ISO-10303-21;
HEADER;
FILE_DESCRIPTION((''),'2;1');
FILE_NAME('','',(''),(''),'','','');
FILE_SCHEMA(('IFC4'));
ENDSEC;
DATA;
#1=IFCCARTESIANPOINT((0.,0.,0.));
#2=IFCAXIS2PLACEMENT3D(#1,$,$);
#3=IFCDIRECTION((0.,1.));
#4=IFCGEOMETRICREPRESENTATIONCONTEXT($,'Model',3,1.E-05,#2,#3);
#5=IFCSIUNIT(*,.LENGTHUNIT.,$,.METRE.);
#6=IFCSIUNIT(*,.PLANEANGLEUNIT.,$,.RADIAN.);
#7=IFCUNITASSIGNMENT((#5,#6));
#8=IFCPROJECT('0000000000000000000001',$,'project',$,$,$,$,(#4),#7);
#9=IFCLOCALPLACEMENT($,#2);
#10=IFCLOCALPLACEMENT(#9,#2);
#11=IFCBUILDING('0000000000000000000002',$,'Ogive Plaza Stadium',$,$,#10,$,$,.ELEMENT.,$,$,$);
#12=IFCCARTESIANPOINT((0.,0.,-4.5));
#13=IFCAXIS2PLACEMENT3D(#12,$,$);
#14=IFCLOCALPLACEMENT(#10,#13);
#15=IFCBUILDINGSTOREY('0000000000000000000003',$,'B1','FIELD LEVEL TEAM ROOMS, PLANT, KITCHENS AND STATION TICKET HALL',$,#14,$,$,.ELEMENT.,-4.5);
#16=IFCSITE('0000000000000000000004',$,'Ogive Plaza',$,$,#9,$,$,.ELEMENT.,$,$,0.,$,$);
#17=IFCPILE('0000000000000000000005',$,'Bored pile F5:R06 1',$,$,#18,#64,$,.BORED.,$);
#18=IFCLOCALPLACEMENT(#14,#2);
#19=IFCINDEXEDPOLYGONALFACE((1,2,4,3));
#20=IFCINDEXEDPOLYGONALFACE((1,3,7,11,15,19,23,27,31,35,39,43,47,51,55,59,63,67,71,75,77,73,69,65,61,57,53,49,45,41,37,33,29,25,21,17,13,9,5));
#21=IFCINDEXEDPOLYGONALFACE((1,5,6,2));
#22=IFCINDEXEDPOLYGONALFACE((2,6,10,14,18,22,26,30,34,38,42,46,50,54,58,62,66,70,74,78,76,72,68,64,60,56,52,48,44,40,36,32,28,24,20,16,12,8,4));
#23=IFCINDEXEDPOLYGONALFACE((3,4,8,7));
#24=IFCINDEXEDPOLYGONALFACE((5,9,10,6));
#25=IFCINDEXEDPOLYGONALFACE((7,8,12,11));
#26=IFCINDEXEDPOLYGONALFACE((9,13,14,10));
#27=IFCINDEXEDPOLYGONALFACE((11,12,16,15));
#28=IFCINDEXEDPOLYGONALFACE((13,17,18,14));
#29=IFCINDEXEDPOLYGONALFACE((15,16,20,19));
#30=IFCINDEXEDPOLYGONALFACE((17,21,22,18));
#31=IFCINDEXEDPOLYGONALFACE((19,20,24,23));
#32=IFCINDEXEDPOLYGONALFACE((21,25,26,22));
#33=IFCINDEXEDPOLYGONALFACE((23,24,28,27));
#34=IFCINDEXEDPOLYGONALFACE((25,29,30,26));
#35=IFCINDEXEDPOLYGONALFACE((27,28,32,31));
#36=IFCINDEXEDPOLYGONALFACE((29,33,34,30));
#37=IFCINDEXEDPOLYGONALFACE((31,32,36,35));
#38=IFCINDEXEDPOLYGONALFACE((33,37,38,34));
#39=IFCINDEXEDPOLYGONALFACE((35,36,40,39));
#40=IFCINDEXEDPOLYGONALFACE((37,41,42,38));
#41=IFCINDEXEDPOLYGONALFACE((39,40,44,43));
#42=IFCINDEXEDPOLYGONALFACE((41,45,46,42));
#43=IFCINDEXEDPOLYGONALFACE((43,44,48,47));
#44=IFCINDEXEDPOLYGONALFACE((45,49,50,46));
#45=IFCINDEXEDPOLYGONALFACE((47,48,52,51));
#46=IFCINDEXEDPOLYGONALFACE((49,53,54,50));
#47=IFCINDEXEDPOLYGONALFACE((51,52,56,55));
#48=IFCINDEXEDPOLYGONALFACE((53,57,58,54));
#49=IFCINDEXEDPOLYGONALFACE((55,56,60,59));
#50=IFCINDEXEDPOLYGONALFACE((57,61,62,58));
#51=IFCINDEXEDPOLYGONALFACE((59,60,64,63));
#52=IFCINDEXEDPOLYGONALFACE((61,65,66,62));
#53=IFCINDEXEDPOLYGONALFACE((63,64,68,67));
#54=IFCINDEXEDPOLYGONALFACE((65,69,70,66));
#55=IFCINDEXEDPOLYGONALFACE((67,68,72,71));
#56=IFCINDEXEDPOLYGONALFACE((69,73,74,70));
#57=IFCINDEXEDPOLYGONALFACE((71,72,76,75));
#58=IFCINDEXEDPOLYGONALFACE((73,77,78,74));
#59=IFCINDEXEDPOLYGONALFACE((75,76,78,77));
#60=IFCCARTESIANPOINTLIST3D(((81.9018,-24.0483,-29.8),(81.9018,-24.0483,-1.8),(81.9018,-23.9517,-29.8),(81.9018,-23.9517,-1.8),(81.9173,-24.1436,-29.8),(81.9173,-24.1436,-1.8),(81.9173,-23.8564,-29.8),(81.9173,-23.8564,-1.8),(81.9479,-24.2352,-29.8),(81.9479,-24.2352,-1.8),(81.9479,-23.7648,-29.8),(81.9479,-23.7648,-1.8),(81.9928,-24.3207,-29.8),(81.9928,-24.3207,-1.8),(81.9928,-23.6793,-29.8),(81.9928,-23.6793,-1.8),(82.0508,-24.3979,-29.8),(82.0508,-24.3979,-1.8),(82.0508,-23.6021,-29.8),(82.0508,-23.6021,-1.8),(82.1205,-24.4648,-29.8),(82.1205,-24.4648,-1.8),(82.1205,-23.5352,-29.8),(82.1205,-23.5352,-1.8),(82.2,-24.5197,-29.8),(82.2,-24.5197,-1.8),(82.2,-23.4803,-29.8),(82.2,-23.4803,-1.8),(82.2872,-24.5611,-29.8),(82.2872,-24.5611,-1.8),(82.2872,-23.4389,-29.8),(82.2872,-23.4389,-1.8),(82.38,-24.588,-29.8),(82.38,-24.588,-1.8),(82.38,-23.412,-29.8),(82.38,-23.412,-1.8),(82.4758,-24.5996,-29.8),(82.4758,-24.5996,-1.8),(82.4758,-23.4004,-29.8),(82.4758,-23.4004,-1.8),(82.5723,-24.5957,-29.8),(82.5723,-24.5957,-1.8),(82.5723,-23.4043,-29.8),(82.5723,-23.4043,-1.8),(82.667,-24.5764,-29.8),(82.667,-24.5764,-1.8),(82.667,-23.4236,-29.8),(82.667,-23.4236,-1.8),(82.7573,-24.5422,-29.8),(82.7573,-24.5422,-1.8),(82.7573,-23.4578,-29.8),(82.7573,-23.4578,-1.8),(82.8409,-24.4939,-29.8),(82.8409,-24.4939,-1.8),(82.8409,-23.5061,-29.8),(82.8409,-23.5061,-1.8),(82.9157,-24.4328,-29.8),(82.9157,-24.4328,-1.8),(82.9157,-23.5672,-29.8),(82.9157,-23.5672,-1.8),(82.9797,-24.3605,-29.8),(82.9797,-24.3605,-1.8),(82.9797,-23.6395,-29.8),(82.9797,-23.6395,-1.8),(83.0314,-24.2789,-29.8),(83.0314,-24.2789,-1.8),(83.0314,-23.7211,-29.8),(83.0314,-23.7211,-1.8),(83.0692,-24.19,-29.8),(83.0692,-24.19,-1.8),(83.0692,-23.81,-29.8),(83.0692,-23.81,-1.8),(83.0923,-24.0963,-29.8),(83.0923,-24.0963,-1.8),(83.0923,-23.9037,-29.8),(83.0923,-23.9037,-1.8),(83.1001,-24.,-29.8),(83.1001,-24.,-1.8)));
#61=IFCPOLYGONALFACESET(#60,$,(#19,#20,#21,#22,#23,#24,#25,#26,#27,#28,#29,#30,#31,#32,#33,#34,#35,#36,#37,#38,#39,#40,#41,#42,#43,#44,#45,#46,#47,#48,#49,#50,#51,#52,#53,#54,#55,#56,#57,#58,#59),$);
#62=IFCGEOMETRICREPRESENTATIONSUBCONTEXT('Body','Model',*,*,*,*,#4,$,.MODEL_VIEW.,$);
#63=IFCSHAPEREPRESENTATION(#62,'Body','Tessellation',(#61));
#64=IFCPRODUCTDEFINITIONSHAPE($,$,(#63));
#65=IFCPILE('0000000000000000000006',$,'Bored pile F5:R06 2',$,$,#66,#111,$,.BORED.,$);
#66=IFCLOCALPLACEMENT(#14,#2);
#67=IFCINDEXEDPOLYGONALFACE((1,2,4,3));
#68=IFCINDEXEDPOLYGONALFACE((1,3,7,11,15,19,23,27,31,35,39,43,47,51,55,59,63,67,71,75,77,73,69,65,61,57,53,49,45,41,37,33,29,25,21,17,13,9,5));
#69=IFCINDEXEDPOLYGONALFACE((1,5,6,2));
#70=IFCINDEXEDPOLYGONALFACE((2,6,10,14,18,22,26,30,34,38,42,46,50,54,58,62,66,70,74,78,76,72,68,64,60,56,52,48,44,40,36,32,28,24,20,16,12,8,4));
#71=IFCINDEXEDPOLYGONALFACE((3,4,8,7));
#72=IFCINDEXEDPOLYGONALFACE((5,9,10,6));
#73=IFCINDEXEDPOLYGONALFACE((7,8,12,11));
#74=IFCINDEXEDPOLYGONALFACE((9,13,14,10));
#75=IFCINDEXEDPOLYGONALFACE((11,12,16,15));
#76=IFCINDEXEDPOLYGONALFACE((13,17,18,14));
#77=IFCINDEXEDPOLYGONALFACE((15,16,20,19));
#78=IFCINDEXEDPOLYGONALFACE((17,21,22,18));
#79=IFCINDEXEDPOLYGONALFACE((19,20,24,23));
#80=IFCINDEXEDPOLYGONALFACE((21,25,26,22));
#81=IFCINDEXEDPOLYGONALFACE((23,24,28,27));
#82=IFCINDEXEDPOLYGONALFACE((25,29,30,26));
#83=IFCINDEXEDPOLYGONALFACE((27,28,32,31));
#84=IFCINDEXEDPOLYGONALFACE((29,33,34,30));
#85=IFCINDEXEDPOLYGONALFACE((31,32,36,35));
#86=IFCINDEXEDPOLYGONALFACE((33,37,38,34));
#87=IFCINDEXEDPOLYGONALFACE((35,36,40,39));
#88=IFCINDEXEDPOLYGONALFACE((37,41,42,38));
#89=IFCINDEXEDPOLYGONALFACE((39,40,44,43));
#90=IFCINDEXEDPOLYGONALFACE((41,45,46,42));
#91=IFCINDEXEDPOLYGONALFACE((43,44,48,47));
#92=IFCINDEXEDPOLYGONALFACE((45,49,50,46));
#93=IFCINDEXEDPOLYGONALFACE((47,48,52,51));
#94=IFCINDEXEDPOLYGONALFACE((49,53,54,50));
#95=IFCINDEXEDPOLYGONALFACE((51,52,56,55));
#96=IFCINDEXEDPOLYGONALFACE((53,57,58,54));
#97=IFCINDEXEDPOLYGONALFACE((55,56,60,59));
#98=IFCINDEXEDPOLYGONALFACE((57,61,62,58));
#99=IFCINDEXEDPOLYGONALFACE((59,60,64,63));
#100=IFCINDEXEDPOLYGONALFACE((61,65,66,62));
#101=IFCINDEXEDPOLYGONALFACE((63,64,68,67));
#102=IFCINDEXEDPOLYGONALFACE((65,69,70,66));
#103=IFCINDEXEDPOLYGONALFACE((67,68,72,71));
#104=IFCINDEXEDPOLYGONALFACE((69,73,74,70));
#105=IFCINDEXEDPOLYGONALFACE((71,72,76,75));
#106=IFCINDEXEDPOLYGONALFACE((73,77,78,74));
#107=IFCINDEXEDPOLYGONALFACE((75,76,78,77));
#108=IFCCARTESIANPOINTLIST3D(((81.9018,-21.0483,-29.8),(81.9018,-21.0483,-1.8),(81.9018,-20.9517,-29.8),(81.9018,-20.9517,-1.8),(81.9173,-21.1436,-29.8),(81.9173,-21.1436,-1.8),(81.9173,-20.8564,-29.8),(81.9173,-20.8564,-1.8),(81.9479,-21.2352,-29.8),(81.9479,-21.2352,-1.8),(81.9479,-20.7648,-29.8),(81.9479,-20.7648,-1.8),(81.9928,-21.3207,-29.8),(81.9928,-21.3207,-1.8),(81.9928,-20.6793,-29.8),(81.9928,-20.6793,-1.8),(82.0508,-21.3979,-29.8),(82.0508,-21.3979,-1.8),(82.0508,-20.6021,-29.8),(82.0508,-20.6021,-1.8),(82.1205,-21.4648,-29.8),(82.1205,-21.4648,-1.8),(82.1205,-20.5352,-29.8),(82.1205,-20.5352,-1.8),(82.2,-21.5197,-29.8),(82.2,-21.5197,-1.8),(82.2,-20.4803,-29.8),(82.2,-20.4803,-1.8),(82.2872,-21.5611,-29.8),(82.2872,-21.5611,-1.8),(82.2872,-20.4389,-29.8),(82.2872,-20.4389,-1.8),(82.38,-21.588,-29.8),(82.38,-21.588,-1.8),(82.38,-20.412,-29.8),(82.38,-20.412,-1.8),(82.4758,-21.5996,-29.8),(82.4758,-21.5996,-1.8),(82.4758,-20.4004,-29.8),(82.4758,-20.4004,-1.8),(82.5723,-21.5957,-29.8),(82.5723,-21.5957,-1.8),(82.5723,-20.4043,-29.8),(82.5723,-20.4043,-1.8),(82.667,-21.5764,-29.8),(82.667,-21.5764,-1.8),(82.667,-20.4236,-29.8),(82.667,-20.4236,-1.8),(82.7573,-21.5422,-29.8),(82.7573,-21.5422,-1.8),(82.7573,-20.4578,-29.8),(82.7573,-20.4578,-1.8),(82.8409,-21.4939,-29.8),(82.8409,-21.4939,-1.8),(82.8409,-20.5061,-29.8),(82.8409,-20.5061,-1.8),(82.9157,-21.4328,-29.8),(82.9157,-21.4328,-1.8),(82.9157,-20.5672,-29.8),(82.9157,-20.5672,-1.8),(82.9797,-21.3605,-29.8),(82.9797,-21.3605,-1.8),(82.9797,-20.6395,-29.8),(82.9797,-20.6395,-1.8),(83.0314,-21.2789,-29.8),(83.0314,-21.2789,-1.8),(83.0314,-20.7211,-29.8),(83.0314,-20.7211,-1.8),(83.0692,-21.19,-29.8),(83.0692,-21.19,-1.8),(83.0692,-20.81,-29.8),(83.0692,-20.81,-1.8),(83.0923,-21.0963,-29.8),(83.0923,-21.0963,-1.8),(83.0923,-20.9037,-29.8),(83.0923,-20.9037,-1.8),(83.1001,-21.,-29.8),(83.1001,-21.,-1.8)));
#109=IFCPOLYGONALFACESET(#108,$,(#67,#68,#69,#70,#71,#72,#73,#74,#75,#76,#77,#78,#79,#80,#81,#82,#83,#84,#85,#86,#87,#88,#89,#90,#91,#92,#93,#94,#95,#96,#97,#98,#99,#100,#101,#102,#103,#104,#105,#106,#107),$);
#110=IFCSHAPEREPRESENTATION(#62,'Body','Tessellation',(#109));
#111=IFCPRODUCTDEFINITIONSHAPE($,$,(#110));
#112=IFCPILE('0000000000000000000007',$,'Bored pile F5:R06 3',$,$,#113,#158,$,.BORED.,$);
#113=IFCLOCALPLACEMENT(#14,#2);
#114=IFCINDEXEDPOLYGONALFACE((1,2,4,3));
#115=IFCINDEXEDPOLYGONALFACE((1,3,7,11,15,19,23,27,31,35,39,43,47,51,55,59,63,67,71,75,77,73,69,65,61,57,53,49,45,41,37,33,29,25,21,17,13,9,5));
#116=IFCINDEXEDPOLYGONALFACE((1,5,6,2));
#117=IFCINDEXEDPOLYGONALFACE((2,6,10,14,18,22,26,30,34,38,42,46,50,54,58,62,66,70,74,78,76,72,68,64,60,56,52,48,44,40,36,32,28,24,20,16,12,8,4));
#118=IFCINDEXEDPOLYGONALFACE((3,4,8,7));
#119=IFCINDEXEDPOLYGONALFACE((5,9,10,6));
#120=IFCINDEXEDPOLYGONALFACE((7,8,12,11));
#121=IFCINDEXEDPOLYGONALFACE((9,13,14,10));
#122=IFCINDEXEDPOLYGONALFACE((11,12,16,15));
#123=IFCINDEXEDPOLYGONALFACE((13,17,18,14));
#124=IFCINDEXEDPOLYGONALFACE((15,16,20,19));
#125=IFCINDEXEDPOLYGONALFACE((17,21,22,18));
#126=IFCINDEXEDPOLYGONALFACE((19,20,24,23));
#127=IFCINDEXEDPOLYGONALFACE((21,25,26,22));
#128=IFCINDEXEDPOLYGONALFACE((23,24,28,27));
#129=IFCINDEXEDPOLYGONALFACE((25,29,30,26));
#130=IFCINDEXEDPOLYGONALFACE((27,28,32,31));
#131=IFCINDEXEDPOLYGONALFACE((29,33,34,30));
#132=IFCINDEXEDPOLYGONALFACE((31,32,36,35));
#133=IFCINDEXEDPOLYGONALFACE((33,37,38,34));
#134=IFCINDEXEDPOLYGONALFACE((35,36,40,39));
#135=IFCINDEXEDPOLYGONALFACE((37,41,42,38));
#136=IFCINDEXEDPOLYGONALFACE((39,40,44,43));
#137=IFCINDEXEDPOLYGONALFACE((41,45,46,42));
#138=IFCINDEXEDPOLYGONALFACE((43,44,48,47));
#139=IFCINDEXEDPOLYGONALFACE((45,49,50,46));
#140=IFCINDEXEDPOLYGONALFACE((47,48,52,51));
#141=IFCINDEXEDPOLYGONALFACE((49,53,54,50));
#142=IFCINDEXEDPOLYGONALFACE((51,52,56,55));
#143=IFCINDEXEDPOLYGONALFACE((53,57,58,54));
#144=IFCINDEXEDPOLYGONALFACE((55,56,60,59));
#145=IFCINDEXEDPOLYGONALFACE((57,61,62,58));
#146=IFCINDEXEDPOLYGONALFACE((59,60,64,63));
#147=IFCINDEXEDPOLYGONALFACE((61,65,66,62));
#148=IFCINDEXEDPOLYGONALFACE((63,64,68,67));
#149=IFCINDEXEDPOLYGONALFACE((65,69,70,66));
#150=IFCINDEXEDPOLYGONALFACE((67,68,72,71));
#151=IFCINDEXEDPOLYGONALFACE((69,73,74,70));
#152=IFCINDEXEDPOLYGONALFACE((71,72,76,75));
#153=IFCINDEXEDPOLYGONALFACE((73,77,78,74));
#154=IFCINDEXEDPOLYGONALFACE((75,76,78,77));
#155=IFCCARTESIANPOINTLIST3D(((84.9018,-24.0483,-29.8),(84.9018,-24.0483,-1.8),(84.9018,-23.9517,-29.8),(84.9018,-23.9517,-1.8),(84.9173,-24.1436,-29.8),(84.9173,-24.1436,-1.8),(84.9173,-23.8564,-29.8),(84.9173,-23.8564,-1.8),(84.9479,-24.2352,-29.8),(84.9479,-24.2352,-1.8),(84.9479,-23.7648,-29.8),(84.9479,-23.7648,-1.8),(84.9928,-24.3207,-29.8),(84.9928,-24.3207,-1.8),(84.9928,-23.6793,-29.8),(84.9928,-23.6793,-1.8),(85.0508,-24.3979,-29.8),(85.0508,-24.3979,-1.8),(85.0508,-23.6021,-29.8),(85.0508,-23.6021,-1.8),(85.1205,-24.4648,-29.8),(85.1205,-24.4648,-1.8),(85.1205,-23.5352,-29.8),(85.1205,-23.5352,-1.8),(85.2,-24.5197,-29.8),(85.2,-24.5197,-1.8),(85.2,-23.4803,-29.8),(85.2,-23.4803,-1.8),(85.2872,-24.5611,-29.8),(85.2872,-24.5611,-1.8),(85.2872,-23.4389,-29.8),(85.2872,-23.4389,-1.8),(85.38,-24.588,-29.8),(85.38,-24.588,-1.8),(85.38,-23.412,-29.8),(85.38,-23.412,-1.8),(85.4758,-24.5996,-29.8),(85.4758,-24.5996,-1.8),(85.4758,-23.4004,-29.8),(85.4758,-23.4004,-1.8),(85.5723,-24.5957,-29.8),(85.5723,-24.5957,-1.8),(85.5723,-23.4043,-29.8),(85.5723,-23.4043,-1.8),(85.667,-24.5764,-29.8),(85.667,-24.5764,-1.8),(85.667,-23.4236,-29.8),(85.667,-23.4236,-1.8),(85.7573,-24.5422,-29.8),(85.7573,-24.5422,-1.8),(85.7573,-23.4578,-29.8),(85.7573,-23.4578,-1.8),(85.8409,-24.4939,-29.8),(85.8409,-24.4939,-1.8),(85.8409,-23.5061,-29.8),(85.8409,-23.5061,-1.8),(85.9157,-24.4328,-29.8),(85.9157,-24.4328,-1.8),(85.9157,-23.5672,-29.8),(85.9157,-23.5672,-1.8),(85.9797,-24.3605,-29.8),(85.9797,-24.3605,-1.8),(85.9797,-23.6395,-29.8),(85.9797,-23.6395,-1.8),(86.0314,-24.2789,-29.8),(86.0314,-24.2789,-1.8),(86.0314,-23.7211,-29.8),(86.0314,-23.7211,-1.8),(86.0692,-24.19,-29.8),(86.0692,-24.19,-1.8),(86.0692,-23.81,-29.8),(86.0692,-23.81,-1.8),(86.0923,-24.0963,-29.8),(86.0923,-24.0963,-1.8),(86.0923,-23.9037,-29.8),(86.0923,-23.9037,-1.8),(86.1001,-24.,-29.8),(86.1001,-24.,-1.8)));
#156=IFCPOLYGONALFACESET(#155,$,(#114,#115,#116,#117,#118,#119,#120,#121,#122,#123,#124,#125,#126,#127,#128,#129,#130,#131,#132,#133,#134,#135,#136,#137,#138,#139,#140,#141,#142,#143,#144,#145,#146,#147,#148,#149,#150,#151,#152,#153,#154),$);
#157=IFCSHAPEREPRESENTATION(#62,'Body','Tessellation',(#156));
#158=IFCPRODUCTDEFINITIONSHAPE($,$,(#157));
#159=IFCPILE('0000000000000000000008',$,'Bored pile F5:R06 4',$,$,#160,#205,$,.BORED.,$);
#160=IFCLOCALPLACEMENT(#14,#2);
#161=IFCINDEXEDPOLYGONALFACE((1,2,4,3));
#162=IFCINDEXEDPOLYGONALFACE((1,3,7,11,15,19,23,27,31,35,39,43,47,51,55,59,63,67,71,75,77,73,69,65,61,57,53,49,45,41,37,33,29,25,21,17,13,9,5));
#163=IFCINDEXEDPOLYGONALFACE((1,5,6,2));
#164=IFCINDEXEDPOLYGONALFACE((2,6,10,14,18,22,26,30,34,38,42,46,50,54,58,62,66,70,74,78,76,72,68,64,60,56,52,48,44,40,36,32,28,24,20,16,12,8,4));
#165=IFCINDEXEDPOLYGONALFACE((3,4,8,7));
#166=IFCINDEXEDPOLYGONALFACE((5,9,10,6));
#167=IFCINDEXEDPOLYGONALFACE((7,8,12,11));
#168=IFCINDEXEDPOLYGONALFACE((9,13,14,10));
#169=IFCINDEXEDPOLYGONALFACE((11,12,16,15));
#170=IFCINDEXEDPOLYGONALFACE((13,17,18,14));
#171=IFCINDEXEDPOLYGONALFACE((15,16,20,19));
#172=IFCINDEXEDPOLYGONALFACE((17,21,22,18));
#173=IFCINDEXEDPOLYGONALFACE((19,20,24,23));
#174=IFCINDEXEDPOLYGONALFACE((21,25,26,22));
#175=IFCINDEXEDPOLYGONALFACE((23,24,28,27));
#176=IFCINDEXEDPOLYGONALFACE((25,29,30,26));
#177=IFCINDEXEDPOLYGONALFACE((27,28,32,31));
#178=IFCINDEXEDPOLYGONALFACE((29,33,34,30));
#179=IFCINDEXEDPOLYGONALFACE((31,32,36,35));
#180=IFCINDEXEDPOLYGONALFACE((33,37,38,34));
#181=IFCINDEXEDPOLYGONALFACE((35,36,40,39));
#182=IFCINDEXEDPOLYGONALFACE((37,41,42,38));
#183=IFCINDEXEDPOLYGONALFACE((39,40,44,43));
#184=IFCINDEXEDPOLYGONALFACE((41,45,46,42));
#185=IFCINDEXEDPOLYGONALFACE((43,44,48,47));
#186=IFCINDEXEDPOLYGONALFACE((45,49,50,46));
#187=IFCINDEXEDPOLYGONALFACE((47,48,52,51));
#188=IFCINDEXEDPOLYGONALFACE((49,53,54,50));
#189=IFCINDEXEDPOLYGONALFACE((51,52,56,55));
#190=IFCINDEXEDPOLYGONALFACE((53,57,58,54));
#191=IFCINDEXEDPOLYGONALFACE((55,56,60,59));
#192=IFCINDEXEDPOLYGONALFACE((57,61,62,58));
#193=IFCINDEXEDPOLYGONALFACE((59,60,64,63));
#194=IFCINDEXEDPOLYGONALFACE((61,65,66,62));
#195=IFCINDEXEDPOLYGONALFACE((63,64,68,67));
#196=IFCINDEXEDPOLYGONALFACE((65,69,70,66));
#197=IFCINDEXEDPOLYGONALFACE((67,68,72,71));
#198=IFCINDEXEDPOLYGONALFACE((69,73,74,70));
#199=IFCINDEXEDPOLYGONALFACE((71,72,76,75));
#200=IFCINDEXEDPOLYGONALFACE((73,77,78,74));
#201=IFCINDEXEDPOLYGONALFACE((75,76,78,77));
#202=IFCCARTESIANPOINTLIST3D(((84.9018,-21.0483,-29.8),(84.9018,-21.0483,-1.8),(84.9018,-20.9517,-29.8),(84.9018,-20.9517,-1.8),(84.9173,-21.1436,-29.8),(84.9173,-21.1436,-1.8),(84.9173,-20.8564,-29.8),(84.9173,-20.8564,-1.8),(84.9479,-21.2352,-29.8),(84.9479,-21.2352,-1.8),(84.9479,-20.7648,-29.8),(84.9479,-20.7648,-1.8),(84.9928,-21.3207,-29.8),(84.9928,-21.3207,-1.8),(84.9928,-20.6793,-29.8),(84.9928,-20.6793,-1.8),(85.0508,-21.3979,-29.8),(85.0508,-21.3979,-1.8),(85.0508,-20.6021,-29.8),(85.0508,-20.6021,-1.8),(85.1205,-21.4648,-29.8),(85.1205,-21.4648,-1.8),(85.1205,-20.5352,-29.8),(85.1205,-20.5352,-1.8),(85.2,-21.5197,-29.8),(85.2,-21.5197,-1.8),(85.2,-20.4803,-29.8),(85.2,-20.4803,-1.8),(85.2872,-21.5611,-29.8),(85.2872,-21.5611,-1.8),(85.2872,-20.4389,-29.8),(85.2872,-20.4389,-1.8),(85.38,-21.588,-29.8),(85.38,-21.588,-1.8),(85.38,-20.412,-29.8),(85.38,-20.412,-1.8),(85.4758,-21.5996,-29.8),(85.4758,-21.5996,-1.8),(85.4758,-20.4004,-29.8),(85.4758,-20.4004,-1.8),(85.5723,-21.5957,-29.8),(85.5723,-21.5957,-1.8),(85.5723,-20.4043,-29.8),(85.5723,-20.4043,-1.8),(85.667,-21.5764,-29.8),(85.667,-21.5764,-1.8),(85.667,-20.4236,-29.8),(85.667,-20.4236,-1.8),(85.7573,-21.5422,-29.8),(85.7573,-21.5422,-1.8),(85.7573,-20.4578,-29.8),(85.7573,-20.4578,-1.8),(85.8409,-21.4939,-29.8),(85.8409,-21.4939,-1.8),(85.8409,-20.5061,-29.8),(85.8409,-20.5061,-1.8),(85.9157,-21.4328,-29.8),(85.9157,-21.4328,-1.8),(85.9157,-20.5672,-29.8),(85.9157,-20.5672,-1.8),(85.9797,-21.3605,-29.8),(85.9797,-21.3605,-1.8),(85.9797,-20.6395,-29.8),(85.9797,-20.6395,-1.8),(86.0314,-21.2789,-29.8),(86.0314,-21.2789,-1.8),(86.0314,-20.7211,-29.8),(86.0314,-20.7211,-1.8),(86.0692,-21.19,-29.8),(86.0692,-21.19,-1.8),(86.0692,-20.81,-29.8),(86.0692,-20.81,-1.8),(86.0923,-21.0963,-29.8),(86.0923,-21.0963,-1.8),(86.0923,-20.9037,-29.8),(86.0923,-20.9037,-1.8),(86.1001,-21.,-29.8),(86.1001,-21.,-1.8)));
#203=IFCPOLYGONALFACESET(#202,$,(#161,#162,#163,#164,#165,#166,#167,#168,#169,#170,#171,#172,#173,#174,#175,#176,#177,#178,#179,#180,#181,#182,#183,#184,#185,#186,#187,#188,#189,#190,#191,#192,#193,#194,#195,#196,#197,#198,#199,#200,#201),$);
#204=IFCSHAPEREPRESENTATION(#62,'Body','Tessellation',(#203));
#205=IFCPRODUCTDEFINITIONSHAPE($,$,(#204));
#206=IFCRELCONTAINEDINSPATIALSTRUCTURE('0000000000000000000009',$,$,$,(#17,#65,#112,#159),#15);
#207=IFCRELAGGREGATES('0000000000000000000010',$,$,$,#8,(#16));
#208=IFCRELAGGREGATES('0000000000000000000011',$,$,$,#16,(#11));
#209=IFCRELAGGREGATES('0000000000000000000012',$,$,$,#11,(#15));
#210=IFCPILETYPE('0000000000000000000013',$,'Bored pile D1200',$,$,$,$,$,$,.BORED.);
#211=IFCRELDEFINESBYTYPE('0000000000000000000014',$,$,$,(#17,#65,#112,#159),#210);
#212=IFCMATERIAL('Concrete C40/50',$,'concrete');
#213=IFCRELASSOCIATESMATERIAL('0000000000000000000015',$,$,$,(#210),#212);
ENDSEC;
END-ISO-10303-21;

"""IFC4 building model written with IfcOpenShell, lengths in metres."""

from ifc_helpers import new_model, si_unit, direction, frame, origin, origin_2d, place, context, subcontext, project, spatial, circle, extrude, material, material_profile, profile_set, type_object, element, save


model = new_model("IFC4")

# Units and contexts
model_context = context("Model", 3, precision=1e-05, world=origin(), true_north=direction((0.0, 1.0)))
body_context = subcontext(model_context, "Body", "Model", "MODEL_VIEW")
ifc_project = project(units=[si_unit("LENGTHUNIT", "METRE"), si_unit("PLANEANGLEUNIT", "RADIAN")], contexts=[model_context])

# Site, building, storey
site_placement = place(None, origin())
site = spatial("IfcSite", under=ifc_project, at=site_placement, Name="Ogive Plaza", CompositionType="ELEMENT", RefElevation=0.0)
building_placement = place(site_placement, origin())
building = spatial("IfcBuilding", under=site, at=building_placement, Name="Ogive Plaza Stadium", CompositionType="ELEMENT")
storey_placement = place(building_placement, frame((0.0, 0.0, -4.5)))
storey = spatial("IfcBuildingStorey", under=building, at=storey_placement, Name="B1", Description="FIELD LEVEL TEAM ROOMS, PLANT, KITCHENS AND STATION TICKET HALL", CompositionType="ELEMENT", Elevation=-4.5)

# Piles
ifc_material_1 = material(Name="Concrete C40/50", Category="concrete")
ifc_material_profile_1 = material_profile(ifc_material_1, circle(Radius=0.6001, at=origin_2d()), Name="RC D1200")
ifc_profile_set_1 = profile_set([ifc_material_profile_1], Name="Concrete C40/50")
pile_type_1 = type_object("IfcPileType", Name="Bored pile D1200", PredefinedType="BORED", material=ifc_profile_set_1)
for number, where, z_axis, x_axis, name in (
    (1, (82.5, -24.0, -1.8), (0.0, 0.0, -1.0), (1.0, 0.0, 0.0), "Bored pile F5:R06 1"),
    (2, (82.5, -21.0, -1.8), (0.0, 0.0, -1.0), (1.0, 0.0, 0.0), "Bored pile F5:R06 2"),
    (3, (85.5, -24.0, -1.8), (0.0, 0.0, -1.0), (1.0, 0.0, 0.0), "Bored pile F5:R06 3"),
    (4, (85.5, -21.0, -1.8), (0.0, 0.0, -1.0), (1.0, 0.0, 0.0), "Bored pile F5:R06 4"),
):
    element("IfcPile", number, at=place(storey_placement, frame(where, z_axis=z_axis, x_axis=x_axis)), inside=storey, type_object=pile_type_1, Name=name, PredefinedType="BORED", context=body_context, shape_type="SweptSolid", body=[
        extrude(circle(Radius=0.6001, at=origin_2d()), origin(), (0.0, 0.0, 1.0), 28.0),
    ])

save(model, "model.ifc")
